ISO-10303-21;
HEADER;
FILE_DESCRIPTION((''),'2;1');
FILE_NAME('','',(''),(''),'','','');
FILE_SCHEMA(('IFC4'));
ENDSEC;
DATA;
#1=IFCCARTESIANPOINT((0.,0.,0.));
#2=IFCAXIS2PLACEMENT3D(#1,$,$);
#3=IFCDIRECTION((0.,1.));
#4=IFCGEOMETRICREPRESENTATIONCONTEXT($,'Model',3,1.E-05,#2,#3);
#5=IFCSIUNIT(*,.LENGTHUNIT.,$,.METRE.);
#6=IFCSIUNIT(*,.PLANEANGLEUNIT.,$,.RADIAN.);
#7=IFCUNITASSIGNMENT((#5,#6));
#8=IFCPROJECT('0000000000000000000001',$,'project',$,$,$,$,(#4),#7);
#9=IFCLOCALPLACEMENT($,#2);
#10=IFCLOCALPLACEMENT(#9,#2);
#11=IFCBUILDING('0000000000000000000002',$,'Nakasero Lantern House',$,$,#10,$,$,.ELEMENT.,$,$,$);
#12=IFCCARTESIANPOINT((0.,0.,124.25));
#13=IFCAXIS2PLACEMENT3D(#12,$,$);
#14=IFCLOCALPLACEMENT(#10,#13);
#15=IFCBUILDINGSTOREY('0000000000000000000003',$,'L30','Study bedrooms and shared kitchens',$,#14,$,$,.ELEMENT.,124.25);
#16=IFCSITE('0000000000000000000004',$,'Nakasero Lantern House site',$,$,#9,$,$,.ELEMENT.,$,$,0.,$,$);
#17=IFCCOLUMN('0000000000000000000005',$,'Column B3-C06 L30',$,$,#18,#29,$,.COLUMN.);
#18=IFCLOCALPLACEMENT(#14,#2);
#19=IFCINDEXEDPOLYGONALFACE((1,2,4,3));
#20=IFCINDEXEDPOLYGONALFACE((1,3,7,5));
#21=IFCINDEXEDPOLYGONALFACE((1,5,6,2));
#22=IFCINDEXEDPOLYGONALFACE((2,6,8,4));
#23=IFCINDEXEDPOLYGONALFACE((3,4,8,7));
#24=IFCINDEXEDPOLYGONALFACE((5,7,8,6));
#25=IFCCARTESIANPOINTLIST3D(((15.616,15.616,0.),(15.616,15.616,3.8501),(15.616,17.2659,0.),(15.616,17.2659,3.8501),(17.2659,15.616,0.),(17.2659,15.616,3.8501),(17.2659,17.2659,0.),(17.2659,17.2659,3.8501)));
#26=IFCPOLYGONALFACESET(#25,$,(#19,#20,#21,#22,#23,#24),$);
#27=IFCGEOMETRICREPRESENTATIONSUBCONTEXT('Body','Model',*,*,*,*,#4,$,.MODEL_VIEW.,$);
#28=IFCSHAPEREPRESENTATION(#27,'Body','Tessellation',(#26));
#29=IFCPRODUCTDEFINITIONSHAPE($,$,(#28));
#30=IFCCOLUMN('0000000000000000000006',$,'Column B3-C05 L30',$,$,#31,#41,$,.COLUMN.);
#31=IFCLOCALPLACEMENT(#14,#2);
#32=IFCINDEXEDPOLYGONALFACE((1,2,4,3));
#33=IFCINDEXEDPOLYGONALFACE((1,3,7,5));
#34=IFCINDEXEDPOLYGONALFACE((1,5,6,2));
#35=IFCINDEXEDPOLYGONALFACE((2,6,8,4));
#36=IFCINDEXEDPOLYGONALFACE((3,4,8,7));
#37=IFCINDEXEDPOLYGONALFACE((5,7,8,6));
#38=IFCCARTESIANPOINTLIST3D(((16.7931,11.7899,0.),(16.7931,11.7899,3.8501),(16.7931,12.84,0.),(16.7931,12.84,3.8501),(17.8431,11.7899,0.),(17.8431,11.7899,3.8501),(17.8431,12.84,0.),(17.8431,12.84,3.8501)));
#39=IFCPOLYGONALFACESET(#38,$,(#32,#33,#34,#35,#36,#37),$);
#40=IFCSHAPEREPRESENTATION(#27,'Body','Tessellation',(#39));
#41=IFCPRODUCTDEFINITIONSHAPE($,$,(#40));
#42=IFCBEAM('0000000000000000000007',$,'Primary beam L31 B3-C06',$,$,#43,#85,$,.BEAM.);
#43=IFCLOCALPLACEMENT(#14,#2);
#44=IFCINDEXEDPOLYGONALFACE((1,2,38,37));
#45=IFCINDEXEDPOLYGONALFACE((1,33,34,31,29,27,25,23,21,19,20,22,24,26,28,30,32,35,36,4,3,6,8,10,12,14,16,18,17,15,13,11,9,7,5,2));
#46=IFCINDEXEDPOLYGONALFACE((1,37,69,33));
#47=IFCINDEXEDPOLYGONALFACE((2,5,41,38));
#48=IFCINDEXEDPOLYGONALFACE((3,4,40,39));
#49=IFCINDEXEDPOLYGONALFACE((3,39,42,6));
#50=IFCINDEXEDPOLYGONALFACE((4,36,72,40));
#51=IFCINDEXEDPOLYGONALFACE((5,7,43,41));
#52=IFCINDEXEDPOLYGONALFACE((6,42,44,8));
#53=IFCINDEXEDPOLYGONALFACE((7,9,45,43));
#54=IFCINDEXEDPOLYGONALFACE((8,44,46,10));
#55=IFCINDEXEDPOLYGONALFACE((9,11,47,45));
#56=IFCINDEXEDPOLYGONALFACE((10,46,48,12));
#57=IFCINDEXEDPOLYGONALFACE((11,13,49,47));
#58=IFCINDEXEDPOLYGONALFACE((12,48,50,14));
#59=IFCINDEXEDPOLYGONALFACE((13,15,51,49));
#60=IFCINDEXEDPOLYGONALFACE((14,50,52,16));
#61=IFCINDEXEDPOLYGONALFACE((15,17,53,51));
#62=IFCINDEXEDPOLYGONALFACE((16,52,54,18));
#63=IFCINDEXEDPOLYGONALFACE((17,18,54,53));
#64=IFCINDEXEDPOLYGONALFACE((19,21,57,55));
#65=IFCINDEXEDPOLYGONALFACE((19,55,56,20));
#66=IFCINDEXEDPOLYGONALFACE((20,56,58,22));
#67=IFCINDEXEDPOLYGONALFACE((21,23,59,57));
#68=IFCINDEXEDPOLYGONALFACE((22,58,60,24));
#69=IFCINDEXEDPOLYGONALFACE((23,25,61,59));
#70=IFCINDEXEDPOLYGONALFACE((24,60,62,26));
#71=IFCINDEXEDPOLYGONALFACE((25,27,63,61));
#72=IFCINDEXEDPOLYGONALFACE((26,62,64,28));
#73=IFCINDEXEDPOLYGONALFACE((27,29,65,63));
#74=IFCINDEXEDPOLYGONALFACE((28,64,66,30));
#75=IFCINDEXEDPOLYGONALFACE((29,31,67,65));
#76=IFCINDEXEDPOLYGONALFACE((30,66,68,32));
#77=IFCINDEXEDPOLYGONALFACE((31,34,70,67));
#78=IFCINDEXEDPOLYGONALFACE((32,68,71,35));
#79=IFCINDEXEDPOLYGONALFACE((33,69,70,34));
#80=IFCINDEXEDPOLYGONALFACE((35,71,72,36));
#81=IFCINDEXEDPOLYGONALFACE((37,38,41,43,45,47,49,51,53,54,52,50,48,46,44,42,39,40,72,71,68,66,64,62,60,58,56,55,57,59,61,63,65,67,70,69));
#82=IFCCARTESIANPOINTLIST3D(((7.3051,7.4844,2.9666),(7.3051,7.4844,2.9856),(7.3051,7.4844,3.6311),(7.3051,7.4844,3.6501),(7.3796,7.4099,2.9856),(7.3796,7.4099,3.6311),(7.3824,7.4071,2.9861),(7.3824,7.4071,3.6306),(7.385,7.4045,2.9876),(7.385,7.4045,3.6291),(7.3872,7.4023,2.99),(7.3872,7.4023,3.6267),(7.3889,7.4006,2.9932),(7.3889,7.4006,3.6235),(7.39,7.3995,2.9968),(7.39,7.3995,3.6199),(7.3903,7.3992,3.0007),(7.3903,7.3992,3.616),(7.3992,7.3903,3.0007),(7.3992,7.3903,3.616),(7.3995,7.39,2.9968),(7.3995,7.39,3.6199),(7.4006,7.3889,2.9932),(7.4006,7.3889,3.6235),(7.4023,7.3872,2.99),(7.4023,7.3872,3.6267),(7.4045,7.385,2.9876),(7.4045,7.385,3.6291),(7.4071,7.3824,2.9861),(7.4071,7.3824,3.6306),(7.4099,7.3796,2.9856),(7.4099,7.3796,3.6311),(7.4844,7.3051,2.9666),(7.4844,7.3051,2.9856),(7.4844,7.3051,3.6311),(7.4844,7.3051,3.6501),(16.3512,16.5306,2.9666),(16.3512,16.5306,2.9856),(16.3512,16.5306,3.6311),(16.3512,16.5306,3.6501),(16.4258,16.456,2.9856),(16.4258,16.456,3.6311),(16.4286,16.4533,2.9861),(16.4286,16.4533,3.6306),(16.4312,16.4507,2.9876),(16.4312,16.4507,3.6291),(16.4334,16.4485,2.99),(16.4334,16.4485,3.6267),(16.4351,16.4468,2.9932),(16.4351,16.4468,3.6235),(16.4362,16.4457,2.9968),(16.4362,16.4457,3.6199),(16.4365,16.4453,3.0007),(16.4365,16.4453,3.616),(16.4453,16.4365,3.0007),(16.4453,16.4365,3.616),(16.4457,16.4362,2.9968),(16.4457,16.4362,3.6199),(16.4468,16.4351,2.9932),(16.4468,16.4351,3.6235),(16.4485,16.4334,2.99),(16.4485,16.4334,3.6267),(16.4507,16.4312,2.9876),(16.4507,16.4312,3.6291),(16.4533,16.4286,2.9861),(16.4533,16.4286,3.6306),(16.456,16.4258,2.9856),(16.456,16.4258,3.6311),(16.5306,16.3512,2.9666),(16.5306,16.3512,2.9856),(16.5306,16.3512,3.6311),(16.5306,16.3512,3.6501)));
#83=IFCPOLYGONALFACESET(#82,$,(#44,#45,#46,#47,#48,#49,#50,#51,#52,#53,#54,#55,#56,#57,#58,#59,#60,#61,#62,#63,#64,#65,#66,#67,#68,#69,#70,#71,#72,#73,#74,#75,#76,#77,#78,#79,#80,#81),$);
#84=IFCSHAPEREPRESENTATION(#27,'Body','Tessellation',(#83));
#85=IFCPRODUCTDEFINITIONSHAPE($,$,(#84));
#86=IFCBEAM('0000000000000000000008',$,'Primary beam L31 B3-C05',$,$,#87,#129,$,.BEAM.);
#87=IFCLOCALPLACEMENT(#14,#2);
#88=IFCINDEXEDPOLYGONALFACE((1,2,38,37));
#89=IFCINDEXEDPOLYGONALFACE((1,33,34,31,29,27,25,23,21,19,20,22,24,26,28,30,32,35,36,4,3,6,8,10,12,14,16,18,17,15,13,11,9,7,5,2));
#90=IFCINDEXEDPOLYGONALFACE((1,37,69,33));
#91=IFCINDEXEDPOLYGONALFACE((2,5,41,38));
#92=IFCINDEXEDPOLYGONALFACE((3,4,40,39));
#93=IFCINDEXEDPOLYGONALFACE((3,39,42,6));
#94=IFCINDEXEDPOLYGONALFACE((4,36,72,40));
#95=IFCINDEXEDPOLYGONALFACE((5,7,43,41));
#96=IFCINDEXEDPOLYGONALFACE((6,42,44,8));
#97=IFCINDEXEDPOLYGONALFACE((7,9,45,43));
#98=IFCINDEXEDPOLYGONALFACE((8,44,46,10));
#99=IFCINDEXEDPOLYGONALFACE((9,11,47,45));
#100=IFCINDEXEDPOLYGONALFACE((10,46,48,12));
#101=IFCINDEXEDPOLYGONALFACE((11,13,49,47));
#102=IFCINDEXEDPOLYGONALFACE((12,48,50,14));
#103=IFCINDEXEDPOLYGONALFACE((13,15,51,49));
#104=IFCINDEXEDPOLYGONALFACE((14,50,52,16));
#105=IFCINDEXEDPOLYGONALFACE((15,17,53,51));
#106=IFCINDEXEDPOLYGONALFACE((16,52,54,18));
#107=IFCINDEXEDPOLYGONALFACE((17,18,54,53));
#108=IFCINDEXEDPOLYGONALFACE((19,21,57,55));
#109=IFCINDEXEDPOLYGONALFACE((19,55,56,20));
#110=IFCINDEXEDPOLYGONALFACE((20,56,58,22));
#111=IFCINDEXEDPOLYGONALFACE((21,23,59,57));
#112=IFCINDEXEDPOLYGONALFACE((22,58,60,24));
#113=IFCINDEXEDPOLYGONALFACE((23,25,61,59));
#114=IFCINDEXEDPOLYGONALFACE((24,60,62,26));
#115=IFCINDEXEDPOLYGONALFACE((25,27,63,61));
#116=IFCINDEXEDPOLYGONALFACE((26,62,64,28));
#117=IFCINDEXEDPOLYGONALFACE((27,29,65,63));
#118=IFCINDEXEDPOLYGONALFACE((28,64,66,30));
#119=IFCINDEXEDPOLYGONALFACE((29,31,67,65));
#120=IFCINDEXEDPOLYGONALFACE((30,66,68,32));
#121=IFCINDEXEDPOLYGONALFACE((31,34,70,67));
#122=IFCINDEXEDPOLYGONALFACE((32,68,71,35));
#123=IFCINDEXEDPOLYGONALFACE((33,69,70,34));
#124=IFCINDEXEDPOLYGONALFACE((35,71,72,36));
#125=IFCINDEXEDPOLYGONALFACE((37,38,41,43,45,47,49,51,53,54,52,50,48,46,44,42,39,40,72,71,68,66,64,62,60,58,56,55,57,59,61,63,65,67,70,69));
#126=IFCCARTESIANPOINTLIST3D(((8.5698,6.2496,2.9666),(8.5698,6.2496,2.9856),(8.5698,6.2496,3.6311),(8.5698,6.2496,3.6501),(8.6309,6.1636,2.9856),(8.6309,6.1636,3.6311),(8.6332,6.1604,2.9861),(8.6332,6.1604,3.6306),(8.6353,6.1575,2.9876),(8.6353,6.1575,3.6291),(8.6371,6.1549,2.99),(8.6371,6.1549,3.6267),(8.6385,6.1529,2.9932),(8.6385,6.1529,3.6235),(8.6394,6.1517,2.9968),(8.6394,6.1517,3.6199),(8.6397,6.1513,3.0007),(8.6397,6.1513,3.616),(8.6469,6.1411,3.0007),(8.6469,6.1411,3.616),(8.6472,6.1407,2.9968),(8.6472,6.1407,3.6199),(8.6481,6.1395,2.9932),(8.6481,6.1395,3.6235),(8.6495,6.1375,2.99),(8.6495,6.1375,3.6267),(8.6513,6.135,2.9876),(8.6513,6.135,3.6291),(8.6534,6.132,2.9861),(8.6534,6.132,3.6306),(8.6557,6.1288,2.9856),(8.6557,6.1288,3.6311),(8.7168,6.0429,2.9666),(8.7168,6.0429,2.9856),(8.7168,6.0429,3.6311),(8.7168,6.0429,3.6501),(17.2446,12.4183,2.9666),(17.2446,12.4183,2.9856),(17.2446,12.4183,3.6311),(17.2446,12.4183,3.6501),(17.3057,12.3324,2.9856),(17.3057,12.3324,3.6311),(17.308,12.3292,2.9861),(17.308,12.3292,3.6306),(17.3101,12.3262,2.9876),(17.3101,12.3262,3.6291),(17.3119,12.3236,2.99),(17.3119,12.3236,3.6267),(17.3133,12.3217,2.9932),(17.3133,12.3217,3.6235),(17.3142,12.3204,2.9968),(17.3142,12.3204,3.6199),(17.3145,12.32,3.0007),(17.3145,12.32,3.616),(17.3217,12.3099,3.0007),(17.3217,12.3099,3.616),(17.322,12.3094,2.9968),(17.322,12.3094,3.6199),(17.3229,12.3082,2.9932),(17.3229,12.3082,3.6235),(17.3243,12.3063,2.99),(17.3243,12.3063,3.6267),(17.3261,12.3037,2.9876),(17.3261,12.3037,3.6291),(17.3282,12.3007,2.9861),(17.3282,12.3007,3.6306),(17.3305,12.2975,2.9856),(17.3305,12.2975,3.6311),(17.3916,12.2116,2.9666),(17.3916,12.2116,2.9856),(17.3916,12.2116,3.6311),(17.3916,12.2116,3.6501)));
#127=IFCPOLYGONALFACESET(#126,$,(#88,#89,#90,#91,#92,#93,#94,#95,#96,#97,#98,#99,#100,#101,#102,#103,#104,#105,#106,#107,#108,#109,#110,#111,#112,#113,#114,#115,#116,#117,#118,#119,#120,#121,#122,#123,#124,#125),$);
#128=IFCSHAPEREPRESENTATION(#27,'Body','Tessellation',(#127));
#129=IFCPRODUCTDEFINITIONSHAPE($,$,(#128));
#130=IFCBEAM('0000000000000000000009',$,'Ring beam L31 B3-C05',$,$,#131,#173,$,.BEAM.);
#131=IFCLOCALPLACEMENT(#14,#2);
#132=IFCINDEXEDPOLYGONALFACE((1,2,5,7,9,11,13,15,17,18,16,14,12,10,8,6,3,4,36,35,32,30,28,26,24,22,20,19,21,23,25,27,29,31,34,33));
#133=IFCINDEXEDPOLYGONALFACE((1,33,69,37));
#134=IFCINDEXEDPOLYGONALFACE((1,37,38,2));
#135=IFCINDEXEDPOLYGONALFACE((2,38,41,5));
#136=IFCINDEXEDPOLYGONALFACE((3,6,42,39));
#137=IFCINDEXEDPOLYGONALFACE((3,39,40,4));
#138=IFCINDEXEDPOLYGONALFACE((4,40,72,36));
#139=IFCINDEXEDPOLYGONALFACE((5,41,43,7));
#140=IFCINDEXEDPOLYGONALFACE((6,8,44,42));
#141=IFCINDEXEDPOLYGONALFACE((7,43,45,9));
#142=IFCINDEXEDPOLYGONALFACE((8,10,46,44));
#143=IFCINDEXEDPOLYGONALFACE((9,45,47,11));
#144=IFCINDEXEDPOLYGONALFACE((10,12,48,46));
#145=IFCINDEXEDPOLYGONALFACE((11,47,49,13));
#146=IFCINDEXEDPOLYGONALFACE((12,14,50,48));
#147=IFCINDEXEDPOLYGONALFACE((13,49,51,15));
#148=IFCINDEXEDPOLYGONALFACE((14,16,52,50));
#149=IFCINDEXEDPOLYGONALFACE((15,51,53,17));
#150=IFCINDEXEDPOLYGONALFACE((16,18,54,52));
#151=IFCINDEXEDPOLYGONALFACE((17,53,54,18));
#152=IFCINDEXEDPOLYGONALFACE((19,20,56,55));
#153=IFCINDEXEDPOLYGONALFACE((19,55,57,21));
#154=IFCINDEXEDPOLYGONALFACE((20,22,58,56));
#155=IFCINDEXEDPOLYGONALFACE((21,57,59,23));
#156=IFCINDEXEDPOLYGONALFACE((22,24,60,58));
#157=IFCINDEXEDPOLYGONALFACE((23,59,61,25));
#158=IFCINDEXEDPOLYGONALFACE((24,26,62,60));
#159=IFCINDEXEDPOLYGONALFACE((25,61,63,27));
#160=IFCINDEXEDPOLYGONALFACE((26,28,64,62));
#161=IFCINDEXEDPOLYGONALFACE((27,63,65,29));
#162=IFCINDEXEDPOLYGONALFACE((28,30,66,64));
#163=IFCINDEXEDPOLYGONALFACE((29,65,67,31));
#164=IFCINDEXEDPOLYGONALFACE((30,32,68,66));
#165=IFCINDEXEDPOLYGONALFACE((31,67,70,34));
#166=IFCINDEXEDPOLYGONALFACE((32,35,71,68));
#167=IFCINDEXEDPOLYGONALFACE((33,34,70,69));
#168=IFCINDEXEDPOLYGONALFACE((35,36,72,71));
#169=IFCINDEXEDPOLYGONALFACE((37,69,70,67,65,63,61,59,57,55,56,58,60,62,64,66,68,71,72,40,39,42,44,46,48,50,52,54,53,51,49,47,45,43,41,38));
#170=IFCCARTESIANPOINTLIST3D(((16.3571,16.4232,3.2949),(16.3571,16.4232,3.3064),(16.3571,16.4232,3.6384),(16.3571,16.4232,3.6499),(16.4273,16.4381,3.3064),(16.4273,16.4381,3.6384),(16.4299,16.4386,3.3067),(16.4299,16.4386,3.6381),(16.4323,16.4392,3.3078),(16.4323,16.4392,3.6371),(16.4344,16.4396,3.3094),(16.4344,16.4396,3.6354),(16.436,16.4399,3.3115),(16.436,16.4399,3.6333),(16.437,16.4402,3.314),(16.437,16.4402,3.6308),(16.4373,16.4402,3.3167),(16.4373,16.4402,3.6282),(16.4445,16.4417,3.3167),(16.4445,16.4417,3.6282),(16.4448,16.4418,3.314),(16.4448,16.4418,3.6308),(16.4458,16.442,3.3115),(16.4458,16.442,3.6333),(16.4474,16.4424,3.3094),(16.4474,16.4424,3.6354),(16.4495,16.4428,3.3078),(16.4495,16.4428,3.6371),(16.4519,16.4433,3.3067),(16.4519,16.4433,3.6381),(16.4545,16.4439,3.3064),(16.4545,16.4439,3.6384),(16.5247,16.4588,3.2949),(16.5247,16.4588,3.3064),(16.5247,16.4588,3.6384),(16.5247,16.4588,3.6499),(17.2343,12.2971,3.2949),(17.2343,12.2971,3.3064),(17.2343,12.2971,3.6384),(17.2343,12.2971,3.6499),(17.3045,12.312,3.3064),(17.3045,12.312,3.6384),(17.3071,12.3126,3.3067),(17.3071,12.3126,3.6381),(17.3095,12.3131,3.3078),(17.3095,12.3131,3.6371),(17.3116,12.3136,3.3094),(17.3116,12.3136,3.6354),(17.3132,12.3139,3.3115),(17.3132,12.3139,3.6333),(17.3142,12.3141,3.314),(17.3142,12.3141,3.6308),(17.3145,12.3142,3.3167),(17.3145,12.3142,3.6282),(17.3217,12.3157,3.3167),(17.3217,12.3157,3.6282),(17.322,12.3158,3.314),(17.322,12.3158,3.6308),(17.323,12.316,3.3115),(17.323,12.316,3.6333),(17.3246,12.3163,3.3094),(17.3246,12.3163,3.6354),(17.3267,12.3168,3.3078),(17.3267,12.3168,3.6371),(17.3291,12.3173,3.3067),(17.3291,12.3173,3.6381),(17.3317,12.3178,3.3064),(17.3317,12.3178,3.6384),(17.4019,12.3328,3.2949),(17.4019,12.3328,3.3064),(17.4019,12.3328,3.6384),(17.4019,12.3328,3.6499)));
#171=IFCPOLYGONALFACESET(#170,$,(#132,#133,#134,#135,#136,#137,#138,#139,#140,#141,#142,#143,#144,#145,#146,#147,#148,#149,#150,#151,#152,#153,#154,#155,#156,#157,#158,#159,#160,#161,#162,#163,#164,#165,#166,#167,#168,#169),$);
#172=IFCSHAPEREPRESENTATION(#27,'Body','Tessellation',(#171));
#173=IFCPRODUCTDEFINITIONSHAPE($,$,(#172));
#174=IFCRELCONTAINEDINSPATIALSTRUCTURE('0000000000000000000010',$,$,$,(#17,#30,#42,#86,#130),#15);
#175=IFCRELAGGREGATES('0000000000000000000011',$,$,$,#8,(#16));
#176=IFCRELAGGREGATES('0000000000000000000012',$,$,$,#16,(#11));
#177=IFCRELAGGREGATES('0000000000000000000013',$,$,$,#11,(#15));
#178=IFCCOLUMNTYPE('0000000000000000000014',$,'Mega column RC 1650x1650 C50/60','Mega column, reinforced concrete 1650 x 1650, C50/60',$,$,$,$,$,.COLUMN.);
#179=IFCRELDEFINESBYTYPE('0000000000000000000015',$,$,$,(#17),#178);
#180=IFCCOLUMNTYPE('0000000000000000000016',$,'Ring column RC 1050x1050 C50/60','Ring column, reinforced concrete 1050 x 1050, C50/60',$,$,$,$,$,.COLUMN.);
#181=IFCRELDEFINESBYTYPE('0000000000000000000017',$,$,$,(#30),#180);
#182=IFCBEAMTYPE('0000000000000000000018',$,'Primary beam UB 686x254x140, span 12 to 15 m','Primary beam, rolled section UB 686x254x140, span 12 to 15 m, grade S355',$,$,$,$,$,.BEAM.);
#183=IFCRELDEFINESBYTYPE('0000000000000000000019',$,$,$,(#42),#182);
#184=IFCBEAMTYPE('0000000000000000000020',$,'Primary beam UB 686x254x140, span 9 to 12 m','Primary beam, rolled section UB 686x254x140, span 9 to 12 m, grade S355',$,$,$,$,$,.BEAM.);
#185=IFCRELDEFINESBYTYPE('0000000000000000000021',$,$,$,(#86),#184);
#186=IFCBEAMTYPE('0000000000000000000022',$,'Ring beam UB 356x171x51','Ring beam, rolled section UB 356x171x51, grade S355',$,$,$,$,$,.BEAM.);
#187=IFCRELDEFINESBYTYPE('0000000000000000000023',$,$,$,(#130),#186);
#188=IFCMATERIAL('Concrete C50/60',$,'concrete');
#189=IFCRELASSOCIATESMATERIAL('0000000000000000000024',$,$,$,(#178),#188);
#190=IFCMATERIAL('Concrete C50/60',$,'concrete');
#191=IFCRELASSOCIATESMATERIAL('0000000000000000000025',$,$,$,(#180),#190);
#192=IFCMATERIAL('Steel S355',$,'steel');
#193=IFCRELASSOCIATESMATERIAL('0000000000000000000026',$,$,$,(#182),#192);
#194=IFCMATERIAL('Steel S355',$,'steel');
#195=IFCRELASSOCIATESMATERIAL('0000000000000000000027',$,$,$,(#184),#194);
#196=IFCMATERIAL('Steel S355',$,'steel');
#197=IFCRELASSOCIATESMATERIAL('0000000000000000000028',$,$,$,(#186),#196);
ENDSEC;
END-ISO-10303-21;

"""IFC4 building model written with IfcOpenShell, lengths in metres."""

from ifc_helpers import new_model, si_unit, direction, frame, origin, origin_2d, place, context, subcontext, project, spatial, rectangle, i_section, extrude, material, material_profile, profile_set, type_object, element, save


model = new_model("IFC4")

# Units and contexts
model_context = context("Model", 3, precision=1e-05, world=origin(), true_north=direction((0.0, 1.0)))
body_context = subcontext(model_context, "Body", "Model", "MODEL_VIEW")
ifc_project = project(units=[si_unit("LENGTHUNIT", "METRE"), si_unit("PLANEANGLEUNIT", "RADIAN")], contexts=[model_context])

# Site, building, storey
site_placement = place(None, origin())
site = spatial("IfcSite", under=ifc_project, at=site_placement, Name="Nakasero Lantern House site", CompositionType="ELEMENT", RefElevation=0.0)
building_placement = place(site_placement, origin())
building = spatial("IfcBuilding", under=site, at=building_placement, Name="Nakasero Lantern House", CompositionType="ELEMENT")
storey_placement = place(building_placement, frame((0.0, 0.0, 124.25)))
storey = spatial("IfcBuildingStorey", under=building, at=storey_placement, Name="L30", Description="Study bedrooms and shared kitchens", CompositionType="ELEMENT", Elevation=124.25)

# Columns
ifc_material_1 = material(Name="Concrete C50/60", Category="concrete")
ifc_material_profile_1 = material_profile(ifc_material_1, rectangle(XDim=1.6499, YDim=1.6499, at=origin_2d()), Name="RC 1650x1650")
ifc_profile_set_1 = profile_set([ifc_material_profile_1], Name="Concrete C50/60")
column_type_1 = type_object("IfcColumnType", Name="Mega column RC 1650x1650 C50/60", Description="Mega column, reinforced concrete 1650 x 1650, C50/60", PredefinedType="COLUMN", material=ifc_profile_set_1)
column_1_placement = place(storey_placement, frame((16.4409, 16.4409, 0.0), z_axis=(0.0, 0.0, 1.0), x_axis=(1.0, 0.0, 0.0)))
element("IfcColumn", 1, at=column_1_placement, inside=storey, type_object=column_type_1, Name="Column B3-C06 L30", PredefinedType="COLUMN", context=body_context, shape_type="SweptSolid", body=[
    extrude(rectangle(XDim=1.6499, YDim=1.6499, at=origin_2d()), origin(), (0.0, 0.0, 1.0), 3.8501),
])
ifc_material_2 = material(Name="Concrete C50/60", Category="concrete")
ifc_material_profile_2 = material_profile(ifc_material_2, rectangle(XDim=1.05, YDim=1.05, at=origin_2d()), Name="RC 1050x1050")
ifc_profile_set_2 = profile_set([ifc_material_profile_2], Name="Concrete C50/60")
column_type_2 = type_object("IfcColumnType", Name="Ring column RC 1050x1050 C50/60", Description="Ring column, reinforced concrete 1050 x 1050, C50/60", PredefinedType="COLUMN", material=ifc_profile_set_2)
column_2_placement = place(storey_placement, frame((17.3181, 12.3149, 0.0), z_axis=(0.0, 0.0, 1.0), x_axis=(1.0, 0.0, 0.0)))
element("IfcColumn", 2, at=column_2_placement, inside=storey, type_object=column_type_2, Name="Column B3-C05 L30", PredefinedType="COLUMN", context=body_context, shape_type="SweptSolid", body=[
    extrude(rectangle(XDim=1.05, YDim=1.05, at=origin_2d()), origin(), (0.0, 0.0, 1.0), 3.8501),
])

# Beams
ifc_material_3 = material(Name="Steel S355", Category="steel")
ifc_material_profile_3 = material_profile(ifc_material_3, i_section(OverallWidth=0.2537, OverallDepth=0.6836, WebThickness=0.0125, FlangeThickness=0.019, FilletRadius=0.0151, at=origin_2d()), Name="UB 686x254x140")
ifc_profile_set_3 = profile_set([ifc_material_profile_3], Name="Steel S355")
beam_type_1 = type_object("IfcBeamType", Name="Primary beam UB 686x254x140, span 12 to 15 m", Description="Primary beam, rolled section UB 686x254x140, span 12 to 15 m, grade S355", PredefinedType="BEAM", material=ifc_profile_set_3)
beam_1_placement = place(storey_placement, frame((16.4409, 16.4409, 3.3083), z_axis=(-0.707107, -0.707107, 0.0), x_axis=(0.707107, -0.707107, 0.0)))
element("IfcBeam", 3, at=beam_1_placement, inside=storey, type_object=beam_type_1, Name="Primary beam L31 B3-C06", PredefinedType="BEAM", context=body_context, shape_type="SweptSolid", body=[
    extrude(i_section(OverallWidth=0.2537, OverallDepth=0.6836, WebThickness=0.0125, FlangeThickness=0.019, FilletRadius=0.0151, at=origin_2d()), origin(), (0.0, 0.0, 1.0), 12.7932),
])
ifc_material_4 = material(Name="Steel S355", Category="steel")
ifc_material_profile_4 = material_profile(ifc_material_4, i_section(OverallWidth=0.2537, OverallDepth=0.6836, WebThickness=0.0125, FlangeThickness=0.019, FilletRadius=0.0151, at=origin_2d()), Name="UB 686x254x140")
ifc_profile_set_4 = profile_set([ifc_material_profile_4], Name="Steel S355")
beam_type_2 = type_object("IfcBeamType", Name="Primary beam UB 686x254x140, span 9 to 12 m", Description="Primary beam, rolled section UB 686x254x140, span 9 to 12 m, grade S355", PredefinedType="BEAM", material=ifc_profile_set_4)
beam_2_placement = place(storey_placement, frame((17.3181, 12.3149, 3.3083), z_axis=(-0.814957, -0.579521, 0.0), x_axis=(0.579521, -0.814957, 0.0)))
element("IfcBeam", 4, at=beam_2_placement, inside=storey, type_object=beam_type_2, Name="Primary beam L31 B3-C05", PredefinedType="BEAM", context=body_context, shape_type="SweptSolid", body=[
    extrude(i_section(OverallWidth=0.2537, OverallDepth=0.6836, WebThickness=0.0125, FlangeThickness=0.019, FilletRadius=0.0151, at=origin_2d()), origin(), (0.0, 0.0, 1.0), 10.6445),
])
ifc_material_5 = material(Name="Steel S355", Category="steel")
ifc_material_profile_5 = material_profile(ifc_material_5, i_section(OverallWidth=0.1714, OverallDepth=0.355, WebThickness=0.0073, FlangeThickness=0.0115, FilletRadius=0.0103, at=origin_2d()), Name="UB 356x171x51")
ifc_profile_set_5 = profile_set([ifc_material_profile_5], Name="Steel S355")
beam_type_3 = type_object("IfcBeamType", Name="Ring beam UB 356x171x51", Description="Ring beam, rolled section UB 356x171x51, grade S355", PredefinedType="BEAM", material=ifc_profile_set_5)
beam_3_placement = place(storey_placement, frame((17.3181, 12.3149, 3.4724), z_axis=(-0.207956, 0.978138, 0.0), x_axis=(-0.978138, -0.207956, 0.0)))
element("IfcBeam", 5, at=beam_3_placement, inside=storey, type_object=beam_type_3, Name="Ring beam L31 B3-C05", PredefinedType="BEAM", context=body_context, shape_type="SweptSolid", body=[
    extrude(i_section(OverallWidth=0.1714, OverallDepth=0.355, WebThickness=0.0073, FlangeThickness=0.0115, FilletRadius=0.0103, at=origin_2d()), origin(), (0.0, 0.0, 1.0), 4.2183),
])

save(model, "model.ifc")
